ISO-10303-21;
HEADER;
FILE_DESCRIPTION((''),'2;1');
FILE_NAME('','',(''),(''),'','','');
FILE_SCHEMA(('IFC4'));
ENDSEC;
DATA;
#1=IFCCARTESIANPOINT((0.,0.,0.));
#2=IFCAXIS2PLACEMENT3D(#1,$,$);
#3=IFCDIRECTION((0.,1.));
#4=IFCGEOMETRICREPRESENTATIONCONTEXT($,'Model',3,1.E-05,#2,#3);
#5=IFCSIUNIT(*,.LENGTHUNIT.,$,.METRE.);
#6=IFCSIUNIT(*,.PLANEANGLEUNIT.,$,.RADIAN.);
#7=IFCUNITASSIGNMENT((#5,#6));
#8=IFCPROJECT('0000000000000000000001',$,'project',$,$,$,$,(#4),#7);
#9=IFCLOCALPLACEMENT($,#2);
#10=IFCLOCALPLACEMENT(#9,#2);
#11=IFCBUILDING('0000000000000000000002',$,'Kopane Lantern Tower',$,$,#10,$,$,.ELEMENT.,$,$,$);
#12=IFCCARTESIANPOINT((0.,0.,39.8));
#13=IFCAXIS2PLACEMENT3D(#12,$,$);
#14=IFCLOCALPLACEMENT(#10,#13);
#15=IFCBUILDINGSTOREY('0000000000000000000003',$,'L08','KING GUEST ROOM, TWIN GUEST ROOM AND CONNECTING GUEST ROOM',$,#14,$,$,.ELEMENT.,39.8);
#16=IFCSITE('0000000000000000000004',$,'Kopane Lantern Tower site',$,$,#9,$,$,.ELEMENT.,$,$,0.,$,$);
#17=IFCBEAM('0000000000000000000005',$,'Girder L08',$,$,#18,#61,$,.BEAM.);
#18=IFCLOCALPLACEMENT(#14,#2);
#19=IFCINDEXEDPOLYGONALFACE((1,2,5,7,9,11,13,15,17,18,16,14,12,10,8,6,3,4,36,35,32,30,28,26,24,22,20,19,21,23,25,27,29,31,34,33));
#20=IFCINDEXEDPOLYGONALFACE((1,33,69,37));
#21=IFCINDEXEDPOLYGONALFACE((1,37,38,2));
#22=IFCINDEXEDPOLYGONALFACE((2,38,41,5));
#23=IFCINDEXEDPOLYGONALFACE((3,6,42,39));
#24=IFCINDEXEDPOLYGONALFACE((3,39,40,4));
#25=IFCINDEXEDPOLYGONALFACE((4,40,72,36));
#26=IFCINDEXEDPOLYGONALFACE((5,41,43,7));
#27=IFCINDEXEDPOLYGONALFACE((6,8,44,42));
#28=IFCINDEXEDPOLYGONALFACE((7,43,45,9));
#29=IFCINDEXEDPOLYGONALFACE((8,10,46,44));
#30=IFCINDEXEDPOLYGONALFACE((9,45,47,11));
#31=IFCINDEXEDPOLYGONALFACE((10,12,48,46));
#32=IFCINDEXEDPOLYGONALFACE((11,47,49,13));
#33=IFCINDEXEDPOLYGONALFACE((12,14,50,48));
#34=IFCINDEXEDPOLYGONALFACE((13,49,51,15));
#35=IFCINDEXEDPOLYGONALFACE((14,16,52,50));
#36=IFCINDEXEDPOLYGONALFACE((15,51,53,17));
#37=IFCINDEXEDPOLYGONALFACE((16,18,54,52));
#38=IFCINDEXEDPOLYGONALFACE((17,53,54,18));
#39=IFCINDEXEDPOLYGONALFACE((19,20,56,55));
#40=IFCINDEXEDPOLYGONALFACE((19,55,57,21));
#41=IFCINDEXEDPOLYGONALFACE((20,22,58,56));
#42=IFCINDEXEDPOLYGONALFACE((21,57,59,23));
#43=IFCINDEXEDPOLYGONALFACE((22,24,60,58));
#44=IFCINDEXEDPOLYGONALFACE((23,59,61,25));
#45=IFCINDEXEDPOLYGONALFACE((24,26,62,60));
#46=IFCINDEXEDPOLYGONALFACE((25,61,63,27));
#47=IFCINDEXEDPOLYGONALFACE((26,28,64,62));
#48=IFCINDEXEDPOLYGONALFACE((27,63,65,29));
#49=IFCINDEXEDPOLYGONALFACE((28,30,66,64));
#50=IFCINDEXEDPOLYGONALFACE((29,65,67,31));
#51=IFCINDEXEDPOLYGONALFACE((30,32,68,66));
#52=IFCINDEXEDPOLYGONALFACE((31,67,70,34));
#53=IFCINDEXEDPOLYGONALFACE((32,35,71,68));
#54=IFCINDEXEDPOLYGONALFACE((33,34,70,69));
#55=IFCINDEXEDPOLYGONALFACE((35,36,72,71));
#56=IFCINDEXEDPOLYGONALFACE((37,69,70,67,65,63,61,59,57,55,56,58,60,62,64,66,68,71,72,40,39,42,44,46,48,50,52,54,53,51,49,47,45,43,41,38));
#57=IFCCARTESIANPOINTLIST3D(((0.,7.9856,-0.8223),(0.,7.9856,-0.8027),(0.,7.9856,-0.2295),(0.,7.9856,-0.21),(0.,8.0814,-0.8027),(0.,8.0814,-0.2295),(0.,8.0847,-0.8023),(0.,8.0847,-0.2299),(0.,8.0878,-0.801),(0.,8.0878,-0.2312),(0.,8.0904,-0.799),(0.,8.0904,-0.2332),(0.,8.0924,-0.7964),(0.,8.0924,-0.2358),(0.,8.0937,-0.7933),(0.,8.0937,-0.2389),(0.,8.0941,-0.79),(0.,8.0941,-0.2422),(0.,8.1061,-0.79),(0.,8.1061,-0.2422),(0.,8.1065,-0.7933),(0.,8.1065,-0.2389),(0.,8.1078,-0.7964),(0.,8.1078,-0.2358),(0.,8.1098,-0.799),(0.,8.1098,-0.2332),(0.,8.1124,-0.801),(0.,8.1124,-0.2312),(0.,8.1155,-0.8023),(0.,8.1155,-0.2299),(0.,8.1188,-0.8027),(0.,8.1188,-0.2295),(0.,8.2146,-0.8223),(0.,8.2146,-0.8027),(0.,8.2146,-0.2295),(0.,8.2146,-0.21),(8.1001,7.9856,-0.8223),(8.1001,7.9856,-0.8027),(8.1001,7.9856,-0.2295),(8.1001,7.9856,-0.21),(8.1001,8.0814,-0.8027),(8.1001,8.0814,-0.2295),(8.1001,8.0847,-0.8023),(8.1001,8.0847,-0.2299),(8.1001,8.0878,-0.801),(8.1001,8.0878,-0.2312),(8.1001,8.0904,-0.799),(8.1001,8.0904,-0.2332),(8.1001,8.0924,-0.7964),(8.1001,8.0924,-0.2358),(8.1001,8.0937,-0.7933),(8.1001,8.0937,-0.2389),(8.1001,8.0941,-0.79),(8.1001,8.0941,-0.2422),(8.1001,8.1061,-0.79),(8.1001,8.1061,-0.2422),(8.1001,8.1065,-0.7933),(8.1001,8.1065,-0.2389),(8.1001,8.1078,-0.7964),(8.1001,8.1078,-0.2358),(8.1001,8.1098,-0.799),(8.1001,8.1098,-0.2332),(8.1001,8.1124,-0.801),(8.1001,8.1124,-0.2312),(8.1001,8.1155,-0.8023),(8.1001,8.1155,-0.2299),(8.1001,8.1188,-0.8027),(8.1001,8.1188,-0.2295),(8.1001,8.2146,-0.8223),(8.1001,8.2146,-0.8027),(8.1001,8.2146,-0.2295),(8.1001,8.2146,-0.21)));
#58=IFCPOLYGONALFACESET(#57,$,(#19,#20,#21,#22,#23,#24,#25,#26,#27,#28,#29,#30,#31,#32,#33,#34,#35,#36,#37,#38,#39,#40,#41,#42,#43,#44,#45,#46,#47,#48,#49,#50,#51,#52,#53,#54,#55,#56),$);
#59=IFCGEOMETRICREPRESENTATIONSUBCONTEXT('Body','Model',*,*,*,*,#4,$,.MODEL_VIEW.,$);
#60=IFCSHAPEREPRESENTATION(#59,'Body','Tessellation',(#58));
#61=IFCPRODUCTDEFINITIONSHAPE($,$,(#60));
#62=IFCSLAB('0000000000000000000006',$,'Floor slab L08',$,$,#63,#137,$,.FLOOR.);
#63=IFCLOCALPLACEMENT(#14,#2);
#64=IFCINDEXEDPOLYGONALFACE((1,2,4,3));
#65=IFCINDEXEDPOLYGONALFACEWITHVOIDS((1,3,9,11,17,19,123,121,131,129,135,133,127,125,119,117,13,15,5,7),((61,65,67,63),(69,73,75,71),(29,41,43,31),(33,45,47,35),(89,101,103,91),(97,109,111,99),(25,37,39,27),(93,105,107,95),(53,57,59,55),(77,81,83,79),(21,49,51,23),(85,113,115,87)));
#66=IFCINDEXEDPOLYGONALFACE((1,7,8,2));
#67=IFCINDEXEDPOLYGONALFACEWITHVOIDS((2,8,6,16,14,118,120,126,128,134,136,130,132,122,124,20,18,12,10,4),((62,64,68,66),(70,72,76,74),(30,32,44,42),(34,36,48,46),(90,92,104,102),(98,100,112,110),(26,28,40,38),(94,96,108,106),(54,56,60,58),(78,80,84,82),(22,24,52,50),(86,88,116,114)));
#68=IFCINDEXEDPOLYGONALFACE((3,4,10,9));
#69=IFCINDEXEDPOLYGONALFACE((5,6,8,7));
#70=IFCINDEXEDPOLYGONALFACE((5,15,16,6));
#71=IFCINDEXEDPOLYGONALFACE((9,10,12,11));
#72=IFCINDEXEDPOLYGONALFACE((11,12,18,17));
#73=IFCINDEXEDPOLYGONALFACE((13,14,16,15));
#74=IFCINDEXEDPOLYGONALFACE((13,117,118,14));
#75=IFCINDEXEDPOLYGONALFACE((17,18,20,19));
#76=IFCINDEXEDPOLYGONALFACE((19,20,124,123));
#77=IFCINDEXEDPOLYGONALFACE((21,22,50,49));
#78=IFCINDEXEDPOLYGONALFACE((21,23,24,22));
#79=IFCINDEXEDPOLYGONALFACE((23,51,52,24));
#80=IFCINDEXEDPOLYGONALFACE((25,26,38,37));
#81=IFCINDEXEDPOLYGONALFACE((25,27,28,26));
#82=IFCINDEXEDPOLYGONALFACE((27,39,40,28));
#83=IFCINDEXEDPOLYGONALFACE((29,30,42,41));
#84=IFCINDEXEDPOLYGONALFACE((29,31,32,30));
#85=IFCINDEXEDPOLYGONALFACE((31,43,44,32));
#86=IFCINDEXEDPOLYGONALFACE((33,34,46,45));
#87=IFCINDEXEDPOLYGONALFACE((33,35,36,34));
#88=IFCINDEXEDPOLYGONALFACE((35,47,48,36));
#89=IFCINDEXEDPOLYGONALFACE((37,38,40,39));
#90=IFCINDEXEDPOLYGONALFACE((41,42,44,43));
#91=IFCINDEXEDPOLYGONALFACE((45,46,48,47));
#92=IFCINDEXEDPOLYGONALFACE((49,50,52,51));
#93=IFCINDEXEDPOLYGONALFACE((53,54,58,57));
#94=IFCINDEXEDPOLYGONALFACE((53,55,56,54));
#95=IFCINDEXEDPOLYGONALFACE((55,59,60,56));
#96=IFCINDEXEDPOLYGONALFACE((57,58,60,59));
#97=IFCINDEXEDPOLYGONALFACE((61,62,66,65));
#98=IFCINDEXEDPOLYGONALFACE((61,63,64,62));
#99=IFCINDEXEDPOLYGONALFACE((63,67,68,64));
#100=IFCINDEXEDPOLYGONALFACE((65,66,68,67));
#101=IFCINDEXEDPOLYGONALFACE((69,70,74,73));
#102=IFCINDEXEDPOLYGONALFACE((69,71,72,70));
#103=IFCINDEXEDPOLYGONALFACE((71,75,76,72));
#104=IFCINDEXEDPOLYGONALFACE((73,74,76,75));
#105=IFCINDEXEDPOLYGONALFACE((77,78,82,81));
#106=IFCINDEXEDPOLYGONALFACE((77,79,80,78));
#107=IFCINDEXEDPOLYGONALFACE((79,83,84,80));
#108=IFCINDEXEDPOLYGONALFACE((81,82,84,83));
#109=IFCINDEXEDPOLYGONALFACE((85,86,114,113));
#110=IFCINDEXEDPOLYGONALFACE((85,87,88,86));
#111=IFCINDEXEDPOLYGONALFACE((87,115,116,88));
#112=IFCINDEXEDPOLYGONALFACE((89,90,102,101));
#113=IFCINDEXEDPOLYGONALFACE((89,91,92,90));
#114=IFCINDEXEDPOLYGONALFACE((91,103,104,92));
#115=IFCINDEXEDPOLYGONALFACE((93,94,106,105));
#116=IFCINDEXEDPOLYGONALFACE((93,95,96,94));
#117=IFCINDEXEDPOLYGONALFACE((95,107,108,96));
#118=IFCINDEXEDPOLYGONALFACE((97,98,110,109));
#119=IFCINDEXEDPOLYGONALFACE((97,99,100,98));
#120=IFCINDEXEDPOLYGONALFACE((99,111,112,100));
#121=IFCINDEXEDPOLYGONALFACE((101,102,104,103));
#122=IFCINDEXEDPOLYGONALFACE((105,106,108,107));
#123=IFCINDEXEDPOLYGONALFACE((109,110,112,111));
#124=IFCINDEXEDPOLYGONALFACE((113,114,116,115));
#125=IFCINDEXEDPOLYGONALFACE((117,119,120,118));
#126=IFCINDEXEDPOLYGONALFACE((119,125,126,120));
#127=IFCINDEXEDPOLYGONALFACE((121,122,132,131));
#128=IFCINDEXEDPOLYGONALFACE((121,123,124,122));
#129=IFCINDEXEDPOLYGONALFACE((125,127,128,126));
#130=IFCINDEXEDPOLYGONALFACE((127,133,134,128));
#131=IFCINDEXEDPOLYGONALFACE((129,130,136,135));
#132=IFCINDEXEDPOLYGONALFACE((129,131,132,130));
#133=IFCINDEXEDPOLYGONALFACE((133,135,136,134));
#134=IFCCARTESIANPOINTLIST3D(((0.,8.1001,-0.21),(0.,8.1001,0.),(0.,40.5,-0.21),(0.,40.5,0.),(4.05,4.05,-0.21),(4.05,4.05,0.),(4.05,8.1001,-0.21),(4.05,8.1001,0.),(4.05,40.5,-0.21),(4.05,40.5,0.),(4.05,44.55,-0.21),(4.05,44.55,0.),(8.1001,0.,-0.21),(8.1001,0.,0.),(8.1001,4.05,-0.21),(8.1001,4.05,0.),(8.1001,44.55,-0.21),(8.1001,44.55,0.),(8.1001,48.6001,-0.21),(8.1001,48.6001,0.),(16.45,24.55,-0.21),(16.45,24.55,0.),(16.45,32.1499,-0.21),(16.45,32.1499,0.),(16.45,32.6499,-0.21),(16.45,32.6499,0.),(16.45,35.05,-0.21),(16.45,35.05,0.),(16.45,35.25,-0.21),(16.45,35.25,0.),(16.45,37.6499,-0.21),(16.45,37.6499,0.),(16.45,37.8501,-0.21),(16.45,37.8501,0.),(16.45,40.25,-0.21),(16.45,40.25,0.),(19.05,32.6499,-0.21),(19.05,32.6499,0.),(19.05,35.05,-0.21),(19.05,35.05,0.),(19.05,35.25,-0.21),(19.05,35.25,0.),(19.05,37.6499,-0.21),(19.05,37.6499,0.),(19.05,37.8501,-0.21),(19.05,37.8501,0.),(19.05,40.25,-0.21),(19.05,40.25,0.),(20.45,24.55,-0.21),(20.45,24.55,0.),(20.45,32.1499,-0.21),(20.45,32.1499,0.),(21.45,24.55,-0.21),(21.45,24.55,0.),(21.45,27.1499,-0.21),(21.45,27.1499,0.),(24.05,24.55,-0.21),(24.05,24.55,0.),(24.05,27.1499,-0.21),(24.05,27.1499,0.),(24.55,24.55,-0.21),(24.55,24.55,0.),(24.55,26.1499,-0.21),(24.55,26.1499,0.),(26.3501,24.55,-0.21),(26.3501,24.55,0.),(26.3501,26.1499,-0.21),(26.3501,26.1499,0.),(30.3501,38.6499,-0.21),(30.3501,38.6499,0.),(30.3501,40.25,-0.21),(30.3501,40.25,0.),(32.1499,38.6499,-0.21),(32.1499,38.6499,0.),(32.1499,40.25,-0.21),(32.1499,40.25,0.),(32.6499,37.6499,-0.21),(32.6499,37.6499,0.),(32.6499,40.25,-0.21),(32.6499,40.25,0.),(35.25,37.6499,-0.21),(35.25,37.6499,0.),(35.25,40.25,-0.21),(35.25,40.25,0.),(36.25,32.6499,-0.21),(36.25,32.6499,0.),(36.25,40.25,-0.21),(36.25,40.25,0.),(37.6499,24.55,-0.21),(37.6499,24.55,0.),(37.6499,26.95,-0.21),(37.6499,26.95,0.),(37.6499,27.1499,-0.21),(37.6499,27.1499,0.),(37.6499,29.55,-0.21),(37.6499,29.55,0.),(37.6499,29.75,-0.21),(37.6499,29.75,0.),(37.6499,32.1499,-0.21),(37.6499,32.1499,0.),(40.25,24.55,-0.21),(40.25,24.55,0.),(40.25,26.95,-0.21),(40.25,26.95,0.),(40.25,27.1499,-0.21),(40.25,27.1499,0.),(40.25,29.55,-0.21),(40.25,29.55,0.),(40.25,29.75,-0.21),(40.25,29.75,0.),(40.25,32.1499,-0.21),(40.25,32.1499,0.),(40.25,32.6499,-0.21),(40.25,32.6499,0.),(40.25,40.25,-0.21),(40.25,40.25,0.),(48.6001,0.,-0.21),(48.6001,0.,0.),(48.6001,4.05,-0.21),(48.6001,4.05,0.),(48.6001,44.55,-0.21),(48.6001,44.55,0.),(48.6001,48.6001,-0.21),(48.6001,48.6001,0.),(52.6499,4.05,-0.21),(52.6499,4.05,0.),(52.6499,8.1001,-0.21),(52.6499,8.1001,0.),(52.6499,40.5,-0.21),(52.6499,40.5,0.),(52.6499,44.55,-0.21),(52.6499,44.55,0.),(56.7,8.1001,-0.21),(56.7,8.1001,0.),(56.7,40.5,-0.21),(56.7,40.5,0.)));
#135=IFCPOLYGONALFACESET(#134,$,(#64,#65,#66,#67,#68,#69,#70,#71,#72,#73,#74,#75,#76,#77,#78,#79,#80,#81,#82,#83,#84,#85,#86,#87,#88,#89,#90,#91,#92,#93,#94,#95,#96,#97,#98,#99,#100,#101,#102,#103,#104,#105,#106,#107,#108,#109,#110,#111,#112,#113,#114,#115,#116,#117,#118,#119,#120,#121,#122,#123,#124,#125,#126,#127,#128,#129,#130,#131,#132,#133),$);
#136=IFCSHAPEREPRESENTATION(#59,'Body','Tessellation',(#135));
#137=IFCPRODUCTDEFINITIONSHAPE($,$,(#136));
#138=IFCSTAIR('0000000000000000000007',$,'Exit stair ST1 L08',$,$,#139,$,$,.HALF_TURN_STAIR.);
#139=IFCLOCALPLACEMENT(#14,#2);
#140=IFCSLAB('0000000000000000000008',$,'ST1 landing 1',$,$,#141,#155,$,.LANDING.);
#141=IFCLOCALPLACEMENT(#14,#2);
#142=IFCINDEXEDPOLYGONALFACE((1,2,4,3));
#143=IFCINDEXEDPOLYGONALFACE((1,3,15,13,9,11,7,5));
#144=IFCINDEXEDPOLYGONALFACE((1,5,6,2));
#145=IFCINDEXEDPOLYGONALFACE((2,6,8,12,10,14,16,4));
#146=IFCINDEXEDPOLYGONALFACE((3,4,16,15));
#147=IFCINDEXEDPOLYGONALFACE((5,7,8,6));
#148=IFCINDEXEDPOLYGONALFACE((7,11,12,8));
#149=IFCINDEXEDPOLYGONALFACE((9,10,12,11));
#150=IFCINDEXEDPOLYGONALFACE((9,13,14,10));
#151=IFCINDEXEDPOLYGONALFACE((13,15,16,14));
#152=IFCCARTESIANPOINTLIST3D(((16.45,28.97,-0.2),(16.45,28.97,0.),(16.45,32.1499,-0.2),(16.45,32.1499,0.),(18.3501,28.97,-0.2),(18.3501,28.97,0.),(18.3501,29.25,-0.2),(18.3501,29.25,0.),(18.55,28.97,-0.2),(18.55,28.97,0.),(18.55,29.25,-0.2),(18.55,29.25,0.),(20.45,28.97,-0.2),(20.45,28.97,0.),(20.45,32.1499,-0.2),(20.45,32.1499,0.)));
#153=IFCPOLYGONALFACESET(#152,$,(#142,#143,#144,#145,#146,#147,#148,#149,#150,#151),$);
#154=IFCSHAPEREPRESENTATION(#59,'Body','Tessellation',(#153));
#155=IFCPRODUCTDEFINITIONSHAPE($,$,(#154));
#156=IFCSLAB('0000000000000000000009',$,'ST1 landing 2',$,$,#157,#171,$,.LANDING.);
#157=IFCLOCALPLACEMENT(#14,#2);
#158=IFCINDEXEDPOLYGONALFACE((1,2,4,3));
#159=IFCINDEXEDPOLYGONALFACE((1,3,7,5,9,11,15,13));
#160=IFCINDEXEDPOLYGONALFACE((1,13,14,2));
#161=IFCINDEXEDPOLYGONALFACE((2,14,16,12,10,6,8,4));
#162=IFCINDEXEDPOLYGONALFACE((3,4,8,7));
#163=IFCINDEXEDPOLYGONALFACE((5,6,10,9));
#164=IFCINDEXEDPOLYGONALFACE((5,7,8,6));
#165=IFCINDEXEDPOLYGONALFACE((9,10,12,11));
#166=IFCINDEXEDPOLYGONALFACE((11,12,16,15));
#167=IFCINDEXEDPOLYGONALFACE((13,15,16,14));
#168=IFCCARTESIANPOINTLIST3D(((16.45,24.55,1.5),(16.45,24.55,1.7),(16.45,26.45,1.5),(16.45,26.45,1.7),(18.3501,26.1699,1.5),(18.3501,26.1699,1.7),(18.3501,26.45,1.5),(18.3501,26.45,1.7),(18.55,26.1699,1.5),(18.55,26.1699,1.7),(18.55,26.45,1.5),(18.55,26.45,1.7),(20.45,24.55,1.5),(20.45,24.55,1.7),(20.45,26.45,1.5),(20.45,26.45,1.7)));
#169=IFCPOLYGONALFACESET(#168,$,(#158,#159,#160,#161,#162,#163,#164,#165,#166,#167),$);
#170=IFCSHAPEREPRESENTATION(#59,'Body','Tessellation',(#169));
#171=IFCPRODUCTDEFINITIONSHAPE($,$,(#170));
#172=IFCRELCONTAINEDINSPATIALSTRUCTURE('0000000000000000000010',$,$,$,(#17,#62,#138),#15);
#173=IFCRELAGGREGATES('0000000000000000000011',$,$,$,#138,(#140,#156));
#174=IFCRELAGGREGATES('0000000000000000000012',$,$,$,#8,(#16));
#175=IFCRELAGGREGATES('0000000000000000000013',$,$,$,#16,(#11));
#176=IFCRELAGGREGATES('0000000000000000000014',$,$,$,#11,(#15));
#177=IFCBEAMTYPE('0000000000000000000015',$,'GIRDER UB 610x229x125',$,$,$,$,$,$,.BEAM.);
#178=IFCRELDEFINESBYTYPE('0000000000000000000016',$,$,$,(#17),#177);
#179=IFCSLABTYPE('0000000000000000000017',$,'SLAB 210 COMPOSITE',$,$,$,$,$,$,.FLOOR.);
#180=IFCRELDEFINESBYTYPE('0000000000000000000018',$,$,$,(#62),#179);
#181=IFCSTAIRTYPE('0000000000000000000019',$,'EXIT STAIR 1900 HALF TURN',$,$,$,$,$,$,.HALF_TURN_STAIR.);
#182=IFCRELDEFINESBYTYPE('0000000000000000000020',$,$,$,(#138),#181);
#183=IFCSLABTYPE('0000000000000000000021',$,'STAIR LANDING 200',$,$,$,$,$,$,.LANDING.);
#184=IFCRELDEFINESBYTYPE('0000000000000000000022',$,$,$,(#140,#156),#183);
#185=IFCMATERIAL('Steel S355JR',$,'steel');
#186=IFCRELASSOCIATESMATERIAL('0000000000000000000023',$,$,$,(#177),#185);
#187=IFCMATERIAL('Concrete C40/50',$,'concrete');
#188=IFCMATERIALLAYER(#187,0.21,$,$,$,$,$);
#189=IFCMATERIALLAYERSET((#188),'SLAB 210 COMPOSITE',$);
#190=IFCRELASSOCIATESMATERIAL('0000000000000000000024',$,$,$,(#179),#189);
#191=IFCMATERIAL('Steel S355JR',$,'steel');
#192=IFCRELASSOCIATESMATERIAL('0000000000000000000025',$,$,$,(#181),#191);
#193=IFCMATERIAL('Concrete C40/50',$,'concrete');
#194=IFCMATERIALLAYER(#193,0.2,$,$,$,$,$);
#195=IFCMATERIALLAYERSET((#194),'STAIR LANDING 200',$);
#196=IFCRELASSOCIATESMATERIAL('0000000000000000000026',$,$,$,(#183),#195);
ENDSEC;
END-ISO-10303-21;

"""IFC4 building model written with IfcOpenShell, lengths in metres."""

from ifc_helpers import new_model, si_unit, direction, frame, origin, origin_2d, place, context, subcontext, project, spatial, polyline, i_section, outline, extrude, material, layer, layer_set, material_profile, profile_set, type_object, element, aggregate, save


model = new_model("IFC4")

# Units and contexts
model_context = context("Model", 3, precision=1e-05, world=origin(), true_north=direction((0.0, 1.0)))
body_context = subcontext(model_context, "Body", "Model", "MODEL_VIEW")
ifc_project = project(units=[si_unit("LENGTHUNIT", "METRE"), si_unit("PLANEANGLEUNIT", "RADIAN")], contexts=[model_context])

# Site, building, storey
site_placement = place(None, origin())
site = spatial("IfcSite", under=ifc_project, at=site_placement, Name="Kopane Lantern Tower site", CompositionType="ELEMENT", RefElevation=0.0)
building_placement = place(site_placement, origin())
building = spatial("IfcBuilding", under=site, at=building_placement, Name="Kopane Lantern Tower", CompositionType="ELEMENT")
storey_placement = place(building_placement, frame((0.0, 0.0, 39.8)))
storey = spatial("IfcBuildingStorey", under=building, at=storey_placement, Name="L08", Description="KING GUEST ROOM, TWIN GUEST ROOM AND CONNECTING GUEST ROOM", CompositionType="ELEMENT", Elevation=39.8)

# Beam
ifc_material_1 = material(Name="Steel S355JR", Category="steel")
ifc_material_profile_1 = material_profile(ifc_material_1, i_section(OverallWidth=0.229, OverallDepth=0.6123, WebThickness=0.012, FlangeThickness=0.0195, FilletRadius=0.0127, at=origin_2d()), Name="UB 610x229x125")
ifc_profile_set_1 = profile_set([ifc_material_profile_1], Name="Steel S355JR")
beam_type_1 = type_object("IfcBeamType", Name="GIRDER UB 610x229x125", PredefinedType="BEAM", material=ifc_profile_set_1)
beam_1_placement = place(storey_placement, frame((0.0, 8.1001, -0.5161), z_axis=(1.0, 0.0, 0.0), x_axis=(0.0, 1.0, 0.0)))
element("IfcBeam", 1, at=beam_1_placement, inside=storey, type_object=beam_type_1, Name="Girder L08", PredefinedType="BEAM", context=body_context, shape_type="SweptSolid", body=[
    extrude(i_section(OverallWidth=0.229, OverallDepth=0.6123, WebThickness=0.012, FlangeThickness=0.0195, FilletRadius=0.0127, at=origin_2d()), origin(), (0.0, 0.0, 1.0), 8.1001),
])

# Slab
ifc_material_2 = material(Name="Concrete C40/50", Category="concrete")
ifc_layer_1 = layer(ifc_material_2, 0.21)
ifc_layer_set_1 = layer_set([ifc_layer_1], Name="SLAB 210 COMPOSITE")
slab_type_1 = type_object("IfcSlabType", Name="SLAB 210 COMPOSITE", PredefinedType="FLOOR", material=ifc_layer_set_1)
slab_1_placement = place(storey_placement, frame((0.0, 0.0, -0.21)))
element("IfcSlab", 2, at=slab_1_placement, inside=storey, type_object=slab_type_1, Name="Floor slab L08", PredefinedType="FLOOR", context=body_context, shape_type="SweptSolid", body=[
    extrude(outline(polyline([(8.1001, 0.0), (48.6001, 0.0), (48.6001, 4.05), (52.6499, 4.05), (52.6499, 8.1001), (56.7, 8.1001), (56.7, 40.5), (52.6499, 40.5), (52.6499, 44.55), (48.6001, 44.55), (48.6001, 48.6001), (8.1001, 48.6001), (8.1001, 44.55), (4.05, 44.55), (4.05, 40.5), (0.0, 40.5), (0.0, 8.1001), (4.05, 8.1001), (4.05, 4.05), (8.1001, 4.05), (8.1001, 0.0)]), holes=[polyline([(16.45, 24.55), (20.45, 24.55), (20.45, 32.1499), (16.45, 32.1499), (16.45, 24.55)]), polyline([(36.25, 32.6499), (40.25, 32.6499), (40.25, 40.25), (36.25, 40.25), (36.25, 32.6499)]), polyline([(16.45, 32.6499), (19.05, 32.6499), (19.05, 35.05), (16.45, 35.05), (16.45, 32.6499)]), polyline([(16.45, 35.25), (19.05, 35.25), (19.05, 37.6499), (16.45, 37.6499), (16.45, 35.25)]), polyline([(16.45, 37.8501), (19.05, 37.8501), (19.05, 40.25), (16.45, 40.25), (16.45, 37.8501)]), polyline([(37.6499, 24.55), (40.25, 24.55), (40.25, 26.95), (37.6499, 26.95), (37.6499, 24.55)]), polyline([(37.6499, 27.1499), (40.25, 27.1499), (40.25, 29.55), (37.6499, 29.55), (37.6499, 27.1499)]), polyline([(37.6499, 29.75), (40.25, 29.75), (40.25, 32.1499), (37.6499, 32.1499), (37.6499, 29.75)]), polyline([(21.45, 24.55), (24.05, 24.55), (24.05, 27.1499), (21.45, 27.1499), (21.45, 24.55)]), polyline([(32.6499, 37.6499), (35.25, 37.6499), (35.25, 40.25), (32.6499, 40.25), (32.6499, 37.6499)]), polyline([(24.55, 24.55), (26.3501, 24.55), (26.3501, 26.1499), (24.55, 26.1499), (24.55, 24.55)]), polyline([(30.3501, 38.6499), (32.1499, 38.6499), (32.1499, 40.25), (30.3501, 40.25), (30.3501, 38.6499)])]), origin(), (0.0, 0.0, 1.0), 0.21),
])

# Stair, slabs
ifc_material_3 = material(Name="Steel S355JR", Category="steel")
stair_type = type_object("IfcStairType", Name="EXIT STAIR 1900 HALF TURN", PredefinedType="HALF_TURN_STAIR", material=ifc_material_3)
stair_1_placement = place(storey_placement, origin())
stair_1 = element("IfcStair", 3, at=stair_1_placement, inside=storey, type_object=stair_type, Name="Exit stair ST1 L08", PredefinedType="HALF_TURN_STAIR")
ifc_material_4 = material(Name="Concrete C40/50", Category="concrete")
ifc_layer_2 = layer(ifc_material_4, 0.2)
ifc_layer_set_2 = layer_set([ifc_layer_2], Name="STAIR LANDING 200")
slab_type_2 = type_object("IfcSlabType", Name="STAIR LANDING 200", PredefinedType="LANDING", material=ifc_layer_set_2)
slab_2_placement = place(storey_placement, frame((0.0, 0.0, -0.2)))
slab_2 = element("IfcSlab", 4, at=slab_2_placement, type_object=slab_type_2, Name="ST1 landing 1", PredefinedType="LANDING", context=body_context, shape_type="SweptSolid", body=[
    extrude(outline(polyline([(18.3501, 29.25), (18.55, 29.25), (18.55, 28.97), (20.45, 28.97), (20.45, 32.1499), (16.45, 32.1499), (16.45, 28.97), (18.3501, 28.97), (18.3501, 29.25)])), origin(), (0.0, 0.0, 1.0), 0.2),
])
slab_3_placement = place(storey_placement, frame((0.0, 0.0, 1.5)))
slab_3 = element("IfcSlab", 5, at=slab_3_placement, type_object=slab_type_2, Name="ST1 landing 2", PredefinedType="LANDING", context=body_context, shape_type="SweptSolid", body=[
    extrude(outline(polyline([(20.45, 26.45), (18.55, 26.45), (18.55, 26.1699), (18.3501, 26.1699), (18.3501, 26.45), (16.45, 26.45), (16.45, 24.55), (20.45, 24.55), (20.45, 26.45)])), origin(), (0.0, 0.0, 1.0), 0.2),
])
aggregate(stair_1, [slab_2, slab_3])

save(model, "model.ifc")
